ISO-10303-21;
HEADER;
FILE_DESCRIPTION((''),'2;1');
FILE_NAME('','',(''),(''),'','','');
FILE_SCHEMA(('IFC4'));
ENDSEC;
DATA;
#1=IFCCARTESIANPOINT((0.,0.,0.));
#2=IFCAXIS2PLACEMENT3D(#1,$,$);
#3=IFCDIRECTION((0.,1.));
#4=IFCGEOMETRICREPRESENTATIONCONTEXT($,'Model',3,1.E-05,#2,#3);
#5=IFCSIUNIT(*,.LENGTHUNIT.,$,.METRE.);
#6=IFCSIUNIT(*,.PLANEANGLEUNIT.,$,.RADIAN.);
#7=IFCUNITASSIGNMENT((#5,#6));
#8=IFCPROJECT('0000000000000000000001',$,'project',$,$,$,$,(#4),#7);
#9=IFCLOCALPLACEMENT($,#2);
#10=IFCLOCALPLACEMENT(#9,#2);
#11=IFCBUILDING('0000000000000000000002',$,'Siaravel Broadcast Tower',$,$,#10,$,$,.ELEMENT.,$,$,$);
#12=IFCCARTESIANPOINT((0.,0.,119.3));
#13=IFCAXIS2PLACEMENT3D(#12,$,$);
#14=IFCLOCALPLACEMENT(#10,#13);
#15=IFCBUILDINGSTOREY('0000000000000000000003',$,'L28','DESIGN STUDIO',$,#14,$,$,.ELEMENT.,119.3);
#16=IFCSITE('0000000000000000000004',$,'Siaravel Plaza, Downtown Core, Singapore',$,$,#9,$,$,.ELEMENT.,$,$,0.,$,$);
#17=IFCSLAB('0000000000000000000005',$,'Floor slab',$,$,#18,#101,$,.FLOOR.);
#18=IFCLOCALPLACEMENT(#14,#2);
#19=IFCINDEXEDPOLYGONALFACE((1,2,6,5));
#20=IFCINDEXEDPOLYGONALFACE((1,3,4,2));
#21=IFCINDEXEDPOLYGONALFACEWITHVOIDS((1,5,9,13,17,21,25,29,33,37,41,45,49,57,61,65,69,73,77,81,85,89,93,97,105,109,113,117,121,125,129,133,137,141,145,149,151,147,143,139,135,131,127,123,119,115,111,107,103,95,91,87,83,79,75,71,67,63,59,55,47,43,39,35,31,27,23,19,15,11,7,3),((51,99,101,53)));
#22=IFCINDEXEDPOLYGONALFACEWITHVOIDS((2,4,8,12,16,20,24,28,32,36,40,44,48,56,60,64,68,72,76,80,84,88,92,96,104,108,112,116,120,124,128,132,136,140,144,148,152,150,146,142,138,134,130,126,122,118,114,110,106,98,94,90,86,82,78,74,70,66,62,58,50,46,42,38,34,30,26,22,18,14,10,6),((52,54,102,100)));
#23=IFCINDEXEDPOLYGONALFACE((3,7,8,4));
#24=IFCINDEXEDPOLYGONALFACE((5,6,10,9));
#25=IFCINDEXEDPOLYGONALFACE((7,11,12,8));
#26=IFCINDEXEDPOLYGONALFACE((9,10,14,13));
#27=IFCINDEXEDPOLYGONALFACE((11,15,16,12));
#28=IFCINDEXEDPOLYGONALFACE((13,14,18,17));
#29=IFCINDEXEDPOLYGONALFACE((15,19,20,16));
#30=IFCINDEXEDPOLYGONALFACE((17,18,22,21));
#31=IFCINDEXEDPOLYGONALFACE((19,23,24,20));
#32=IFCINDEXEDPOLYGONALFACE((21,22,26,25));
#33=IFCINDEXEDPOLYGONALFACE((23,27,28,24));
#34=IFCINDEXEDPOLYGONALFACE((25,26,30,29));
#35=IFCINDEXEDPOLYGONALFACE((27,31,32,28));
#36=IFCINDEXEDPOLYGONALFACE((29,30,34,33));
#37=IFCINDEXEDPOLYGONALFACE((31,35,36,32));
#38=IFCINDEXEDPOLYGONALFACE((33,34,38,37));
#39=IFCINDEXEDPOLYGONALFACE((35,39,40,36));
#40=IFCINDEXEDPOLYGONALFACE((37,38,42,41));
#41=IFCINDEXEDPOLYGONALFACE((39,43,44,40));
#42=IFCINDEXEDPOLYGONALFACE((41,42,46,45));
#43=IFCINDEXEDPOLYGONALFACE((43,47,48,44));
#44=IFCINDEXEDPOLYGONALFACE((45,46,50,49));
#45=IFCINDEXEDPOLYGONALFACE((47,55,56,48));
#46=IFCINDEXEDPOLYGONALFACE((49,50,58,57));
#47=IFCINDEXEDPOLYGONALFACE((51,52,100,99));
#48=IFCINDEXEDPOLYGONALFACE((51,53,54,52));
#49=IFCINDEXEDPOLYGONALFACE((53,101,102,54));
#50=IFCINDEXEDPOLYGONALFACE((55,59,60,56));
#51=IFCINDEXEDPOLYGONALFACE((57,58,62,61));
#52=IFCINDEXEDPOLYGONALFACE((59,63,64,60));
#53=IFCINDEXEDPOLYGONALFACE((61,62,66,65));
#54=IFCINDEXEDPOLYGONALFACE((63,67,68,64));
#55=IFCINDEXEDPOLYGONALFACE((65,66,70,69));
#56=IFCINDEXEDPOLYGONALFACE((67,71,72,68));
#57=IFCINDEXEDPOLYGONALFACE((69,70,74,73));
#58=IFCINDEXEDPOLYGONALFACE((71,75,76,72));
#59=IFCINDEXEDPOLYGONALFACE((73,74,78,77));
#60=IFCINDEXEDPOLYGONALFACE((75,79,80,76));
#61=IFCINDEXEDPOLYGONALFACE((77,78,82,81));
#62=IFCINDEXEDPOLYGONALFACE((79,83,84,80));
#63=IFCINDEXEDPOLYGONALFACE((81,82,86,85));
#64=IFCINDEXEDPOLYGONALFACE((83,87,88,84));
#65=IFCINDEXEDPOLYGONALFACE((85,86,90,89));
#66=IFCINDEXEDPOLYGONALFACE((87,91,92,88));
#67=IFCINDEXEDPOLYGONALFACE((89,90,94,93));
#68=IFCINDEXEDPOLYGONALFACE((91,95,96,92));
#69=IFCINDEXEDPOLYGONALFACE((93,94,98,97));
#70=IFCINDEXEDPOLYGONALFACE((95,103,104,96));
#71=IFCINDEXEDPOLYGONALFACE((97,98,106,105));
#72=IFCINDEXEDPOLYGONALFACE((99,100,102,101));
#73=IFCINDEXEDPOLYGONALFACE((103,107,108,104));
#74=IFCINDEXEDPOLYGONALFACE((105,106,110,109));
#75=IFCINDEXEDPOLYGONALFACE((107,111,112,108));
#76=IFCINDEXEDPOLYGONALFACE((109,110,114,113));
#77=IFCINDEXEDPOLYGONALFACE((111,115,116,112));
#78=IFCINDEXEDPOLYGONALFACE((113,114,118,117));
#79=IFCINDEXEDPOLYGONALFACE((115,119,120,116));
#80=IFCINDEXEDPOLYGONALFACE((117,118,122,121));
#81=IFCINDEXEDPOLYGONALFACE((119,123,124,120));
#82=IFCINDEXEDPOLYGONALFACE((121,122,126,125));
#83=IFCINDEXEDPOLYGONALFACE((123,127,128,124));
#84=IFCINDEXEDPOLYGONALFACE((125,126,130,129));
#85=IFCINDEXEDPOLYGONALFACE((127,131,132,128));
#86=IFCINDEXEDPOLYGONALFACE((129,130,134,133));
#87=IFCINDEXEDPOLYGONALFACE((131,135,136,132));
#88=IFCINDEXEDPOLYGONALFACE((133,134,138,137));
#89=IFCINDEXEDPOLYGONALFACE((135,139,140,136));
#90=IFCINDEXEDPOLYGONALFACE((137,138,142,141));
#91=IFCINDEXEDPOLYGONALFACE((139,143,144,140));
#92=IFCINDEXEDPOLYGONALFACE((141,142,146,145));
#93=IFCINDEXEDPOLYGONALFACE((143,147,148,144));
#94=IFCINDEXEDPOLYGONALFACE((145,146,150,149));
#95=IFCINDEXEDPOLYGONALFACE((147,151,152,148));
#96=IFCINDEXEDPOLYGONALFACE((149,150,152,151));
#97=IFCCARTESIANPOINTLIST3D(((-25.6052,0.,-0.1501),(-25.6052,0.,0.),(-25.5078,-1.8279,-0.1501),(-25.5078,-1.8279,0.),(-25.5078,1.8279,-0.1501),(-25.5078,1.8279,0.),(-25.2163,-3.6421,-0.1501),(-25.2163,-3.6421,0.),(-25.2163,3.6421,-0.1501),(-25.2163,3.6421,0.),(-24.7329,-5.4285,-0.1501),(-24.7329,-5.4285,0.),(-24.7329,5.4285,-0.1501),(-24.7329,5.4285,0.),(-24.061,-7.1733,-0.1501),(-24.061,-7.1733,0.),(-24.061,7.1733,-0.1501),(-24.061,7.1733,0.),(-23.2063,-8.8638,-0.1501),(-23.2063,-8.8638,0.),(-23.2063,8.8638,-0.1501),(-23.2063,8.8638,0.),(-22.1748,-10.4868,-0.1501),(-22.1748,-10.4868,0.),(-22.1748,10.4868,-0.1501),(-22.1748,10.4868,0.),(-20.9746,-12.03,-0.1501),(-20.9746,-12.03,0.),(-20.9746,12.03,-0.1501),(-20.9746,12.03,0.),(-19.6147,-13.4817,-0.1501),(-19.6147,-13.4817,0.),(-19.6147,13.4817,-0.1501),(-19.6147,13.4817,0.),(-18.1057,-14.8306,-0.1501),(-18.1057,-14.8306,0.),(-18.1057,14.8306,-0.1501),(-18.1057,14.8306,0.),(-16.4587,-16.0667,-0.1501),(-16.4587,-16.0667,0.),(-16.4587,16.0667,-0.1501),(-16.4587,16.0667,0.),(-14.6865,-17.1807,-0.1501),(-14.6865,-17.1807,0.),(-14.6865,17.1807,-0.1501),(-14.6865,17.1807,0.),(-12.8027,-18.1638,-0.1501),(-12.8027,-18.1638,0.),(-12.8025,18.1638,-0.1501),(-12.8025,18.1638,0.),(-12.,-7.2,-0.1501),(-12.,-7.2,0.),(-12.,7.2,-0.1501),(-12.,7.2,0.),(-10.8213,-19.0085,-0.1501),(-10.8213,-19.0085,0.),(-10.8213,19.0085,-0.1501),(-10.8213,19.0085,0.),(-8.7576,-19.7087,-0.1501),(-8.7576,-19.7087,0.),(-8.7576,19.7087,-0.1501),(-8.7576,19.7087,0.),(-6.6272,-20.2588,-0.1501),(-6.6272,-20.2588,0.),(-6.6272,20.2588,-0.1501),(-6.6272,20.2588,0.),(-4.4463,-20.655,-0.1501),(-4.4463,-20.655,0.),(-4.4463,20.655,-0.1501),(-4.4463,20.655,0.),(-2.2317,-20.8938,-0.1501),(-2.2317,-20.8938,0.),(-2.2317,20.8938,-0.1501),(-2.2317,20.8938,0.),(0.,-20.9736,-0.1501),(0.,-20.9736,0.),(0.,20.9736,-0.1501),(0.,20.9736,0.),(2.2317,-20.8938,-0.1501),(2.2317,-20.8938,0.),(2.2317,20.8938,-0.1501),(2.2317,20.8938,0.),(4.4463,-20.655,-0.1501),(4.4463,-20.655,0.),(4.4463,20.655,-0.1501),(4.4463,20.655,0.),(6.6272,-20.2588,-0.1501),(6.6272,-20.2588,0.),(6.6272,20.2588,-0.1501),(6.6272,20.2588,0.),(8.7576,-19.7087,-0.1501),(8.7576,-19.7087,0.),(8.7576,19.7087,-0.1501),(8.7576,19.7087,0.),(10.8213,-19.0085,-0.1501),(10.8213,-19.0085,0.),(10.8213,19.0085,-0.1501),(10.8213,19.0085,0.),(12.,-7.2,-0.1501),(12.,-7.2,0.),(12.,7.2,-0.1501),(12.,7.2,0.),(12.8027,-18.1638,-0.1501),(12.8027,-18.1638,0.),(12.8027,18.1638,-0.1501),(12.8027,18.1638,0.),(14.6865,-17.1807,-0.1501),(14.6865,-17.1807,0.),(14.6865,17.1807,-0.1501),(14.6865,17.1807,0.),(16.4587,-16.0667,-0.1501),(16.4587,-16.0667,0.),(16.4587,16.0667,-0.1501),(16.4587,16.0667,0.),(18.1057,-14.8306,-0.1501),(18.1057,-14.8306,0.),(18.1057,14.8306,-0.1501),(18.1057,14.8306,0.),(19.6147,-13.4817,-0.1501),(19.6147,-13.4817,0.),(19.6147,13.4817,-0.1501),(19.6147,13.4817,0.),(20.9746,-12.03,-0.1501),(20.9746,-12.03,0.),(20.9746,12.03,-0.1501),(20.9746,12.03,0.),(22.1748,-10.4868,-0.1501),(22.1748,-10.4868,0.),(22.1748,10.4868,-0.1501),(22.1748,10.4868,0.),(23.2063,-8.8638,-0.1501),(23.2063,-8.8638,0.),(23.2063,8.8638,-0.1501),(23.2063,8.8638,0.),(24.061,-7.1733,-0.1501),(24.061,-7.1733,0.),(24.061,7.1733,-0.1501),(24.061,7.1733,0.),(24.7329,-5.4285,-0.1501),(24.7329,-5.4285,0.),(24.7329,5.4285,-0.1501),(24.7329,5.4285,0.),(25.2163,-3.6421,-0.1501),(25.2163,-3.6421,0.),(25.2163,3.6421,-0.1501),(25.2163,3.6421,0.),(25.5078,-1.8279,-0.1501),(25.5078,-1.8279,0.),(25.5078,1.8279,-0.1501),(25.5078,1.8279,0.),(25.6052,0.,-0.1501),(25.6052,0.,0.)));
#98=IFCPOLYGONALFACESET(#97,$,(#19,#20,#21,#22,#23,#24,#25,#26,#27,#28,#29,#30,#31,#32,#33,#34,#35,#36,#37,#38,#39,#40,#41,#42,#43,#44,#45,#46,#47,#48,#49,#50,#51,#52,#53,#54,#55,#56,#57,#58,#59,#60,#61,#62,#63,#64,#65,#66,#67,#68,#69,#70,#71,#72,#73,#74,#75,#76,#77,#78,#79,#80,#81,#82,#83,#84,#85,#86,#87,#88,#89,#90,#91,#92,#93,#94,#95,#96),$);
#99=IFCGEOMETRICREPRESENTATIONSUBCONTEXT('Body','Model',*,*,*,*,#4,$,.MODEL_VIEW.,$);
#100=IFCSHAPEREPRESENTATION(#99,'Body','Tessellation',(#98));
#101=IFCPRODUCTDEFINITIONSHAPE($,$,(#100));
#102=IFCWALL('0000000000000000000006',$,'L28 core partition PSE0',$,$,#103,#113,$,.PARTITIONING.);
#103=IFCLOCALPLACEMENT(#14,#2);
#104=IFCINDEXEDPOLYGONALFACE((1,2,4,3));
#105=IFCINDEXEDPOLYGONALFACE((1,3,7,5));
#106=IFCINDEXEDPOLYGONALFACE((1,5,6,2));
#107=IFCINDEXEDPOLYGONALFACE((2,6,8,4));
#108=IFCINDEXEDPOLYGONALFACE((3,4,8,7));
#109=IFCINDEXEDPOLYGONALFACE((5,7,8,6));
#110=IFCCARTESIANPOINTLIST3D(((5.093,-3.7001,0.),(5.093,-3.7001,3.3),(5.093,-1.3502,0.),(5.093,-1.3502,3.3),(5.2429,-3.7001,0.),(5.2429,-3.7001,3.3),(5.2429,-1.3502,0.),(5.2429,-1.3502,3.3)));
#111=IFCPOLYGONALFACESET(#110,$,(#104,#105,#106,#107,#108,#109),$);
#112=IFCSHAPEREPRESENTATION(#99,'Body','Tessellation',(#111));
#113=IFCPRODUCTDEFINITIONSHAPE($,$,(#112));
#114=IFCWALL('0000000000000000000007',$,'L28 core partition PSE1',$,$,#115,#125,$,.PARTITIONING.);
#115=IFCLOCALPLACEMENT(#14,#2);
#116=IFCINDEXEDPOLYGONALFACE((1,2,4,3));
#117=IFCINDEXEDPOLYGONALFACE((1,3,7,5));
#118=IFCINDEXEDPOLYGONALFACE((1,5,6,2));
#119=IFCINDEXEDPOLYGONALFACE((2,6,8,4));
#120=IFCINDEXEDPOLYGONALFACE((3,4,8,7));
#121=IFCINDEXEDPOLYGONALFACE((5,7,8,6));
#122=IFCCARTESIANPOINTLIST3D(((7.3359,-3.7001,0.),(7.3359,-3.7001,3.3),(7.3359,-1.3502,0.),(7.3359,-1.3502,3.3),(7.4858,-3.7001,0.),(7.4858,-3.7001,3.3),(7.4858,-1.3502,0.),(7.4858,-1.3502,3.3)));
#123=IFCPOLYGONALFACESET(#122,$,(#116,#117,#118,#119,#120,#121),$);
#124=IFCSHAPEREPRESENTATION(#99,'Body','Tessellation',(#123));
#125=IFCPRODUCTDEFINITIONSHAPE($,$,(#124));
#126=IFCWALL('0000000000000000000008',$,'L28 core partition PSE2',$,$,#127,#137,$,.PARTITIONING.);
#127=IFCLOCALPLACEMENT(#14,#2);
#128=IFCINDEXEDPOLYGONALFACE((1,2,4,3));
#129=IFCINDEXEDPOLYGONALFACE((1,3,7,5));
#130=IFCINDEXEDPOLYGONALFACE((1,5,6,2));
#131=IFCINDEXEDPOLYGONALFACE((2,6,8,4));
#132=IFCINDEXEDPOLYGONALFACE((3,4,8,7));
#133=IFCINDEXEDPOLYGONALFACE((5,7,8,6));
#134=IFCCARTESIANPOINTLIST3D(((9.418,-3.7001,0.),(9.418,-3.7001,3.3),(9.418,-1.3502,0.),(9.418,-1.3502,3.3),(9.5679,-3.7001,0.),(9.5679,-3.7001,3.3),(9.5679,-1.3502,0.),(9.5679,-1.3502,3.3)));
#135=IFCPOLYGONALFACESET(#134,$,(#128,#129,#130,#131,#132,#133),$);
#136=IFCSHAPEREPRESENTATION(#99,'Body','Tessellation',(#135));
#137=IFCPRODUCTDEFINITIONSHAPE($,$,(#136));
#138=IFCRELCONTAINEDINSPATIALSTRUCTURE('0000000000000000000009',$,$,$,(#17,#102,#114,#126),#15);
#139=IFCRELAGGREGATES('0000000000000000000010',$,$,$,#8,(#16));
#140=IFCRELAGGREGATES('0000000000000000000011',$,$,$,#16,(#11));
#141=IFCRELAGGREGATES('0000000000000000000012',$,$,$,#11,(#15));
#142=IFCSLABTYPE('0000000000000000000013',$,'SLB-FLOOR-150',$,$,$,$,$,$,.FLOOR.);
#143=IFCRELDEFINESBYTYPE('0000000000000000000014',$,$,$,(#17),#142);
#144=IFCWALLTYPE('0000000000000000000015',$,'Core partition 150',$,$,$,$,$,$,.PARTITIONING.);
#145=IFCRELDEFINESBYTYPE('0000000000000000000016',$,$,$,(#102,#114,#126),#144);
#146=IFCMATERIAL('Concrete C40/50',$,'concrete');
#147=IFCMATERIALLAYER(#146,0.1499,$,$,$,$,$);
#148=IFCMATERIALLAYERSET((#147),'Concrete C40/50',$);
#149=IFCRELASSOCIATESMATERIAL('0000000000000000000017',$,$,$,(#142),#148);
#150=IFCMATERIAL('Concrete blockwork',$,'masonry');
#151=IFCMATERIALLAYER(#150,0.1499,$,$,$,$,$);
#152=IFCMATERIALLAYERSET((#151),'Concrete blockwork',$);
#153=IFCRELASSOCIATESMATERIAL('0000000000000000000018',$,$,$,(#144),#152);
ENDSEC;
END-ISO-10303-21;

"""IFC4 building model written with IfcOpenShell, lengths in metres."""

from ifc_helpers import new_model, si_unit, direction, frame, frame_2d, origin, place, context, subcontext, project, spatial, polyline, rectangle, outline, extrude, material, layer, layer_set, type_object, element, save


model = new_model("IFC4")

# Units and contexts
model_context = context("Model", 3, precision=1e-05, world=origin(), true_north=direction((0.0, 1.0)))
body_context = subcontext(model_context, "Body", "Model", "MODEL_VIEW")
ifc_project = project(units=[si_unit("LENGTHUNIT", "METRE"), si_unit("PLANEANGLEUNIT", "RADIAN")], contexts=[model_context])

# Site, building, storey
site_placement = place(None, origin())
site = spatial("IfcSite", under=ifc_project, at=site_placement, Name="Siaravel Plaza, Downtown Core, Singapore", CompositionType="ELEMENT", RefElevation=0.0)
building_placement = place(site_placement, origin())
building = spatial("IfcBuilding", under=site, at=building_placement, Name="Siaravel Broadcast Tower", CompositionType="ELEMENT")
storey_placement = place(building_placement, frame((0.0, 0.0, 119.3)))
storey = spatial("IfcBuildingStorey", under=building, at=storey_placement, Name="L28", Description="DESIGN STUDIO", CompositionType="ELEMENT", Elevation=119.3)

# Slab
ifc_material_1 = material(Name="Concrete C40/50", Category="concrete")
ifc_layer_1 = layer(ifc_material_1, 0.1499)
ifc_layer_set_1 = layer_set([ifc_layer_1], Name="Concrete C40/50")
slab_type = type_object("IfcSlabType", Name="SLB-FLOOR-150", PredefinedType="FLOOR", material=ifc_layer_set_1)
slab_placement = place(storey_placement, frame((0.0, 0.0, -0.1501)))
element("IfcSlab", 1, at=slab_placement, inside=storey, type_object=slab_type, Name="Floor slab", PredefinedType="FLOOR", context=body_context, shape_type="SweptSolid", body=[
    extrude(outline(polyline([(25.6052, 0.0), (25.5078, 1.8279), (25.2163, 3.6421), (24.7329, 5.4285), (24.061, 7.1733), (23.2063, 8.8638), (22.1748, 10.4868), (20.9746, 12.03), (19.6147, 13.4817), (18.1057, 14.8306), (16.4587, 16.0667), (14.6865, 17.1807), (12.8027, 18.1638), (10.8213, 19.0085), (8.7576, 19.7087), (6.6272, 20.2588), (4.4463, 20.655), (2.2317, 20.8938), (0.0, 20.9736), (-2.2317, 20.8938), (-4.4463, 20.655), (-6.6272, 20.2588), (-8.7576, 19.7087), (-10.8213, 19.0085), (-12.8025, 18.1638), (-14.6865, 17.1807), (-16.4587, 16.0667), (-18.1057, 14.8306), (-19.6147, 13.4817), (-20.9746, 12.03), (-22.1748, 10.4868), (-23.2063, 8.8638), (-24.061, 7.1733), (-24.7329, 5.4285), (-25.2163, 3.6421), (-25.5078, 1.8279), (-25.6052, 0.0), (-25.5078, -1.8279), (-25.2163, -3.6421), (-24.7329, -5.4285), (-24.061, -7.1733), (-23.2063, -8.8638), (-22.1748, -10.4868), (-20.9746, -12.03), (-19.6147, -13.4817), (-18.1057, -14.8306), (-16.4587, -16.0667), (-14.6865, -17.1807), (-12.8027, -18.1638), (-10.8213, -19.0085), (-8.7576, -19.7087), (-6.6272, -20.2588), (-4.4463, -20.655), (-2.2317, -20.8938), (0.0, -20.9736), (2.2317, -20.8938), (4.4463, -20.655), (6.6272, -20.2588), (8.7576, -19.7087), (10.8213, -19.0085), (12.8027, -18.1638), (14.6865, -17.1807), (16.4587, -16.0667), (18.1057, -14.8306), (19.6147, -13.4817), (20.9746, -12.03), (22.1748, -10.4868), (23.2063, -8.8638), (24.061, -7.1733), (24.7329, -5.4285), (25.2163, -3.6421), (25.5078, -1.8279), (25.6052, 0.0)]), holes=[polyline([(-12.0, 7.2), (12.0, 7.2), (12.0, -7.2), (-12.0, -7.2), (-12.0, 7.2)])]), origin(), (0.0, 0.0, 1.0), 0.1501),
])

# Walls
ifc_material_2 = material(Name="Concrete blockwork", Category="masonry")
ifc_layer_2 = layer(ifc_material_2, 0.1499)
ifc_layer_set_2 = layer_set([ifc_layer_2], Name="Concrete blockwork")
wall_type_1 = type_object("IfcWallType", Name="Core partition 150", PredefinedType="PARTITIONING", material=ifc_layer_set_2)
for number, where, z_axis, x_axis, name in (
    (2, (5.168, -3.7, 0.0), (0.0, 0.0, 1.0), (0.0, 1.0, 0.0), "L28 core partition PSE0"),
    (3, (7.4109, -3.7, 0.0), (0.0, 0.0, 1.0), (0.0, 1.0, 0.0), "L28 core partition PSE1"),
    (4, (9.4929, -3.7, 0.0), (0.0, 0.0, 1.0), (0.0, 1.0, 0.0), "L28 core partition PSE2"),
):
    element("IfcWall", number, at=place(storey_placement, frame(where, z_axis=z_axis, x_axis=x_axis)), inside=storey, type_object=wall_type_1, Name=name, PredefinedType="PARTITIONING", context=body_context, shape_type="SweptSolid", body=[
        extrude(rectangle(XDim=2.3499, YDim=0.1499, at=frame_2d((1.1748, 0.0))), origin(), (0.0, 0.0, 1.0), 3.3),
    ])

save(model, "model.ifc")
